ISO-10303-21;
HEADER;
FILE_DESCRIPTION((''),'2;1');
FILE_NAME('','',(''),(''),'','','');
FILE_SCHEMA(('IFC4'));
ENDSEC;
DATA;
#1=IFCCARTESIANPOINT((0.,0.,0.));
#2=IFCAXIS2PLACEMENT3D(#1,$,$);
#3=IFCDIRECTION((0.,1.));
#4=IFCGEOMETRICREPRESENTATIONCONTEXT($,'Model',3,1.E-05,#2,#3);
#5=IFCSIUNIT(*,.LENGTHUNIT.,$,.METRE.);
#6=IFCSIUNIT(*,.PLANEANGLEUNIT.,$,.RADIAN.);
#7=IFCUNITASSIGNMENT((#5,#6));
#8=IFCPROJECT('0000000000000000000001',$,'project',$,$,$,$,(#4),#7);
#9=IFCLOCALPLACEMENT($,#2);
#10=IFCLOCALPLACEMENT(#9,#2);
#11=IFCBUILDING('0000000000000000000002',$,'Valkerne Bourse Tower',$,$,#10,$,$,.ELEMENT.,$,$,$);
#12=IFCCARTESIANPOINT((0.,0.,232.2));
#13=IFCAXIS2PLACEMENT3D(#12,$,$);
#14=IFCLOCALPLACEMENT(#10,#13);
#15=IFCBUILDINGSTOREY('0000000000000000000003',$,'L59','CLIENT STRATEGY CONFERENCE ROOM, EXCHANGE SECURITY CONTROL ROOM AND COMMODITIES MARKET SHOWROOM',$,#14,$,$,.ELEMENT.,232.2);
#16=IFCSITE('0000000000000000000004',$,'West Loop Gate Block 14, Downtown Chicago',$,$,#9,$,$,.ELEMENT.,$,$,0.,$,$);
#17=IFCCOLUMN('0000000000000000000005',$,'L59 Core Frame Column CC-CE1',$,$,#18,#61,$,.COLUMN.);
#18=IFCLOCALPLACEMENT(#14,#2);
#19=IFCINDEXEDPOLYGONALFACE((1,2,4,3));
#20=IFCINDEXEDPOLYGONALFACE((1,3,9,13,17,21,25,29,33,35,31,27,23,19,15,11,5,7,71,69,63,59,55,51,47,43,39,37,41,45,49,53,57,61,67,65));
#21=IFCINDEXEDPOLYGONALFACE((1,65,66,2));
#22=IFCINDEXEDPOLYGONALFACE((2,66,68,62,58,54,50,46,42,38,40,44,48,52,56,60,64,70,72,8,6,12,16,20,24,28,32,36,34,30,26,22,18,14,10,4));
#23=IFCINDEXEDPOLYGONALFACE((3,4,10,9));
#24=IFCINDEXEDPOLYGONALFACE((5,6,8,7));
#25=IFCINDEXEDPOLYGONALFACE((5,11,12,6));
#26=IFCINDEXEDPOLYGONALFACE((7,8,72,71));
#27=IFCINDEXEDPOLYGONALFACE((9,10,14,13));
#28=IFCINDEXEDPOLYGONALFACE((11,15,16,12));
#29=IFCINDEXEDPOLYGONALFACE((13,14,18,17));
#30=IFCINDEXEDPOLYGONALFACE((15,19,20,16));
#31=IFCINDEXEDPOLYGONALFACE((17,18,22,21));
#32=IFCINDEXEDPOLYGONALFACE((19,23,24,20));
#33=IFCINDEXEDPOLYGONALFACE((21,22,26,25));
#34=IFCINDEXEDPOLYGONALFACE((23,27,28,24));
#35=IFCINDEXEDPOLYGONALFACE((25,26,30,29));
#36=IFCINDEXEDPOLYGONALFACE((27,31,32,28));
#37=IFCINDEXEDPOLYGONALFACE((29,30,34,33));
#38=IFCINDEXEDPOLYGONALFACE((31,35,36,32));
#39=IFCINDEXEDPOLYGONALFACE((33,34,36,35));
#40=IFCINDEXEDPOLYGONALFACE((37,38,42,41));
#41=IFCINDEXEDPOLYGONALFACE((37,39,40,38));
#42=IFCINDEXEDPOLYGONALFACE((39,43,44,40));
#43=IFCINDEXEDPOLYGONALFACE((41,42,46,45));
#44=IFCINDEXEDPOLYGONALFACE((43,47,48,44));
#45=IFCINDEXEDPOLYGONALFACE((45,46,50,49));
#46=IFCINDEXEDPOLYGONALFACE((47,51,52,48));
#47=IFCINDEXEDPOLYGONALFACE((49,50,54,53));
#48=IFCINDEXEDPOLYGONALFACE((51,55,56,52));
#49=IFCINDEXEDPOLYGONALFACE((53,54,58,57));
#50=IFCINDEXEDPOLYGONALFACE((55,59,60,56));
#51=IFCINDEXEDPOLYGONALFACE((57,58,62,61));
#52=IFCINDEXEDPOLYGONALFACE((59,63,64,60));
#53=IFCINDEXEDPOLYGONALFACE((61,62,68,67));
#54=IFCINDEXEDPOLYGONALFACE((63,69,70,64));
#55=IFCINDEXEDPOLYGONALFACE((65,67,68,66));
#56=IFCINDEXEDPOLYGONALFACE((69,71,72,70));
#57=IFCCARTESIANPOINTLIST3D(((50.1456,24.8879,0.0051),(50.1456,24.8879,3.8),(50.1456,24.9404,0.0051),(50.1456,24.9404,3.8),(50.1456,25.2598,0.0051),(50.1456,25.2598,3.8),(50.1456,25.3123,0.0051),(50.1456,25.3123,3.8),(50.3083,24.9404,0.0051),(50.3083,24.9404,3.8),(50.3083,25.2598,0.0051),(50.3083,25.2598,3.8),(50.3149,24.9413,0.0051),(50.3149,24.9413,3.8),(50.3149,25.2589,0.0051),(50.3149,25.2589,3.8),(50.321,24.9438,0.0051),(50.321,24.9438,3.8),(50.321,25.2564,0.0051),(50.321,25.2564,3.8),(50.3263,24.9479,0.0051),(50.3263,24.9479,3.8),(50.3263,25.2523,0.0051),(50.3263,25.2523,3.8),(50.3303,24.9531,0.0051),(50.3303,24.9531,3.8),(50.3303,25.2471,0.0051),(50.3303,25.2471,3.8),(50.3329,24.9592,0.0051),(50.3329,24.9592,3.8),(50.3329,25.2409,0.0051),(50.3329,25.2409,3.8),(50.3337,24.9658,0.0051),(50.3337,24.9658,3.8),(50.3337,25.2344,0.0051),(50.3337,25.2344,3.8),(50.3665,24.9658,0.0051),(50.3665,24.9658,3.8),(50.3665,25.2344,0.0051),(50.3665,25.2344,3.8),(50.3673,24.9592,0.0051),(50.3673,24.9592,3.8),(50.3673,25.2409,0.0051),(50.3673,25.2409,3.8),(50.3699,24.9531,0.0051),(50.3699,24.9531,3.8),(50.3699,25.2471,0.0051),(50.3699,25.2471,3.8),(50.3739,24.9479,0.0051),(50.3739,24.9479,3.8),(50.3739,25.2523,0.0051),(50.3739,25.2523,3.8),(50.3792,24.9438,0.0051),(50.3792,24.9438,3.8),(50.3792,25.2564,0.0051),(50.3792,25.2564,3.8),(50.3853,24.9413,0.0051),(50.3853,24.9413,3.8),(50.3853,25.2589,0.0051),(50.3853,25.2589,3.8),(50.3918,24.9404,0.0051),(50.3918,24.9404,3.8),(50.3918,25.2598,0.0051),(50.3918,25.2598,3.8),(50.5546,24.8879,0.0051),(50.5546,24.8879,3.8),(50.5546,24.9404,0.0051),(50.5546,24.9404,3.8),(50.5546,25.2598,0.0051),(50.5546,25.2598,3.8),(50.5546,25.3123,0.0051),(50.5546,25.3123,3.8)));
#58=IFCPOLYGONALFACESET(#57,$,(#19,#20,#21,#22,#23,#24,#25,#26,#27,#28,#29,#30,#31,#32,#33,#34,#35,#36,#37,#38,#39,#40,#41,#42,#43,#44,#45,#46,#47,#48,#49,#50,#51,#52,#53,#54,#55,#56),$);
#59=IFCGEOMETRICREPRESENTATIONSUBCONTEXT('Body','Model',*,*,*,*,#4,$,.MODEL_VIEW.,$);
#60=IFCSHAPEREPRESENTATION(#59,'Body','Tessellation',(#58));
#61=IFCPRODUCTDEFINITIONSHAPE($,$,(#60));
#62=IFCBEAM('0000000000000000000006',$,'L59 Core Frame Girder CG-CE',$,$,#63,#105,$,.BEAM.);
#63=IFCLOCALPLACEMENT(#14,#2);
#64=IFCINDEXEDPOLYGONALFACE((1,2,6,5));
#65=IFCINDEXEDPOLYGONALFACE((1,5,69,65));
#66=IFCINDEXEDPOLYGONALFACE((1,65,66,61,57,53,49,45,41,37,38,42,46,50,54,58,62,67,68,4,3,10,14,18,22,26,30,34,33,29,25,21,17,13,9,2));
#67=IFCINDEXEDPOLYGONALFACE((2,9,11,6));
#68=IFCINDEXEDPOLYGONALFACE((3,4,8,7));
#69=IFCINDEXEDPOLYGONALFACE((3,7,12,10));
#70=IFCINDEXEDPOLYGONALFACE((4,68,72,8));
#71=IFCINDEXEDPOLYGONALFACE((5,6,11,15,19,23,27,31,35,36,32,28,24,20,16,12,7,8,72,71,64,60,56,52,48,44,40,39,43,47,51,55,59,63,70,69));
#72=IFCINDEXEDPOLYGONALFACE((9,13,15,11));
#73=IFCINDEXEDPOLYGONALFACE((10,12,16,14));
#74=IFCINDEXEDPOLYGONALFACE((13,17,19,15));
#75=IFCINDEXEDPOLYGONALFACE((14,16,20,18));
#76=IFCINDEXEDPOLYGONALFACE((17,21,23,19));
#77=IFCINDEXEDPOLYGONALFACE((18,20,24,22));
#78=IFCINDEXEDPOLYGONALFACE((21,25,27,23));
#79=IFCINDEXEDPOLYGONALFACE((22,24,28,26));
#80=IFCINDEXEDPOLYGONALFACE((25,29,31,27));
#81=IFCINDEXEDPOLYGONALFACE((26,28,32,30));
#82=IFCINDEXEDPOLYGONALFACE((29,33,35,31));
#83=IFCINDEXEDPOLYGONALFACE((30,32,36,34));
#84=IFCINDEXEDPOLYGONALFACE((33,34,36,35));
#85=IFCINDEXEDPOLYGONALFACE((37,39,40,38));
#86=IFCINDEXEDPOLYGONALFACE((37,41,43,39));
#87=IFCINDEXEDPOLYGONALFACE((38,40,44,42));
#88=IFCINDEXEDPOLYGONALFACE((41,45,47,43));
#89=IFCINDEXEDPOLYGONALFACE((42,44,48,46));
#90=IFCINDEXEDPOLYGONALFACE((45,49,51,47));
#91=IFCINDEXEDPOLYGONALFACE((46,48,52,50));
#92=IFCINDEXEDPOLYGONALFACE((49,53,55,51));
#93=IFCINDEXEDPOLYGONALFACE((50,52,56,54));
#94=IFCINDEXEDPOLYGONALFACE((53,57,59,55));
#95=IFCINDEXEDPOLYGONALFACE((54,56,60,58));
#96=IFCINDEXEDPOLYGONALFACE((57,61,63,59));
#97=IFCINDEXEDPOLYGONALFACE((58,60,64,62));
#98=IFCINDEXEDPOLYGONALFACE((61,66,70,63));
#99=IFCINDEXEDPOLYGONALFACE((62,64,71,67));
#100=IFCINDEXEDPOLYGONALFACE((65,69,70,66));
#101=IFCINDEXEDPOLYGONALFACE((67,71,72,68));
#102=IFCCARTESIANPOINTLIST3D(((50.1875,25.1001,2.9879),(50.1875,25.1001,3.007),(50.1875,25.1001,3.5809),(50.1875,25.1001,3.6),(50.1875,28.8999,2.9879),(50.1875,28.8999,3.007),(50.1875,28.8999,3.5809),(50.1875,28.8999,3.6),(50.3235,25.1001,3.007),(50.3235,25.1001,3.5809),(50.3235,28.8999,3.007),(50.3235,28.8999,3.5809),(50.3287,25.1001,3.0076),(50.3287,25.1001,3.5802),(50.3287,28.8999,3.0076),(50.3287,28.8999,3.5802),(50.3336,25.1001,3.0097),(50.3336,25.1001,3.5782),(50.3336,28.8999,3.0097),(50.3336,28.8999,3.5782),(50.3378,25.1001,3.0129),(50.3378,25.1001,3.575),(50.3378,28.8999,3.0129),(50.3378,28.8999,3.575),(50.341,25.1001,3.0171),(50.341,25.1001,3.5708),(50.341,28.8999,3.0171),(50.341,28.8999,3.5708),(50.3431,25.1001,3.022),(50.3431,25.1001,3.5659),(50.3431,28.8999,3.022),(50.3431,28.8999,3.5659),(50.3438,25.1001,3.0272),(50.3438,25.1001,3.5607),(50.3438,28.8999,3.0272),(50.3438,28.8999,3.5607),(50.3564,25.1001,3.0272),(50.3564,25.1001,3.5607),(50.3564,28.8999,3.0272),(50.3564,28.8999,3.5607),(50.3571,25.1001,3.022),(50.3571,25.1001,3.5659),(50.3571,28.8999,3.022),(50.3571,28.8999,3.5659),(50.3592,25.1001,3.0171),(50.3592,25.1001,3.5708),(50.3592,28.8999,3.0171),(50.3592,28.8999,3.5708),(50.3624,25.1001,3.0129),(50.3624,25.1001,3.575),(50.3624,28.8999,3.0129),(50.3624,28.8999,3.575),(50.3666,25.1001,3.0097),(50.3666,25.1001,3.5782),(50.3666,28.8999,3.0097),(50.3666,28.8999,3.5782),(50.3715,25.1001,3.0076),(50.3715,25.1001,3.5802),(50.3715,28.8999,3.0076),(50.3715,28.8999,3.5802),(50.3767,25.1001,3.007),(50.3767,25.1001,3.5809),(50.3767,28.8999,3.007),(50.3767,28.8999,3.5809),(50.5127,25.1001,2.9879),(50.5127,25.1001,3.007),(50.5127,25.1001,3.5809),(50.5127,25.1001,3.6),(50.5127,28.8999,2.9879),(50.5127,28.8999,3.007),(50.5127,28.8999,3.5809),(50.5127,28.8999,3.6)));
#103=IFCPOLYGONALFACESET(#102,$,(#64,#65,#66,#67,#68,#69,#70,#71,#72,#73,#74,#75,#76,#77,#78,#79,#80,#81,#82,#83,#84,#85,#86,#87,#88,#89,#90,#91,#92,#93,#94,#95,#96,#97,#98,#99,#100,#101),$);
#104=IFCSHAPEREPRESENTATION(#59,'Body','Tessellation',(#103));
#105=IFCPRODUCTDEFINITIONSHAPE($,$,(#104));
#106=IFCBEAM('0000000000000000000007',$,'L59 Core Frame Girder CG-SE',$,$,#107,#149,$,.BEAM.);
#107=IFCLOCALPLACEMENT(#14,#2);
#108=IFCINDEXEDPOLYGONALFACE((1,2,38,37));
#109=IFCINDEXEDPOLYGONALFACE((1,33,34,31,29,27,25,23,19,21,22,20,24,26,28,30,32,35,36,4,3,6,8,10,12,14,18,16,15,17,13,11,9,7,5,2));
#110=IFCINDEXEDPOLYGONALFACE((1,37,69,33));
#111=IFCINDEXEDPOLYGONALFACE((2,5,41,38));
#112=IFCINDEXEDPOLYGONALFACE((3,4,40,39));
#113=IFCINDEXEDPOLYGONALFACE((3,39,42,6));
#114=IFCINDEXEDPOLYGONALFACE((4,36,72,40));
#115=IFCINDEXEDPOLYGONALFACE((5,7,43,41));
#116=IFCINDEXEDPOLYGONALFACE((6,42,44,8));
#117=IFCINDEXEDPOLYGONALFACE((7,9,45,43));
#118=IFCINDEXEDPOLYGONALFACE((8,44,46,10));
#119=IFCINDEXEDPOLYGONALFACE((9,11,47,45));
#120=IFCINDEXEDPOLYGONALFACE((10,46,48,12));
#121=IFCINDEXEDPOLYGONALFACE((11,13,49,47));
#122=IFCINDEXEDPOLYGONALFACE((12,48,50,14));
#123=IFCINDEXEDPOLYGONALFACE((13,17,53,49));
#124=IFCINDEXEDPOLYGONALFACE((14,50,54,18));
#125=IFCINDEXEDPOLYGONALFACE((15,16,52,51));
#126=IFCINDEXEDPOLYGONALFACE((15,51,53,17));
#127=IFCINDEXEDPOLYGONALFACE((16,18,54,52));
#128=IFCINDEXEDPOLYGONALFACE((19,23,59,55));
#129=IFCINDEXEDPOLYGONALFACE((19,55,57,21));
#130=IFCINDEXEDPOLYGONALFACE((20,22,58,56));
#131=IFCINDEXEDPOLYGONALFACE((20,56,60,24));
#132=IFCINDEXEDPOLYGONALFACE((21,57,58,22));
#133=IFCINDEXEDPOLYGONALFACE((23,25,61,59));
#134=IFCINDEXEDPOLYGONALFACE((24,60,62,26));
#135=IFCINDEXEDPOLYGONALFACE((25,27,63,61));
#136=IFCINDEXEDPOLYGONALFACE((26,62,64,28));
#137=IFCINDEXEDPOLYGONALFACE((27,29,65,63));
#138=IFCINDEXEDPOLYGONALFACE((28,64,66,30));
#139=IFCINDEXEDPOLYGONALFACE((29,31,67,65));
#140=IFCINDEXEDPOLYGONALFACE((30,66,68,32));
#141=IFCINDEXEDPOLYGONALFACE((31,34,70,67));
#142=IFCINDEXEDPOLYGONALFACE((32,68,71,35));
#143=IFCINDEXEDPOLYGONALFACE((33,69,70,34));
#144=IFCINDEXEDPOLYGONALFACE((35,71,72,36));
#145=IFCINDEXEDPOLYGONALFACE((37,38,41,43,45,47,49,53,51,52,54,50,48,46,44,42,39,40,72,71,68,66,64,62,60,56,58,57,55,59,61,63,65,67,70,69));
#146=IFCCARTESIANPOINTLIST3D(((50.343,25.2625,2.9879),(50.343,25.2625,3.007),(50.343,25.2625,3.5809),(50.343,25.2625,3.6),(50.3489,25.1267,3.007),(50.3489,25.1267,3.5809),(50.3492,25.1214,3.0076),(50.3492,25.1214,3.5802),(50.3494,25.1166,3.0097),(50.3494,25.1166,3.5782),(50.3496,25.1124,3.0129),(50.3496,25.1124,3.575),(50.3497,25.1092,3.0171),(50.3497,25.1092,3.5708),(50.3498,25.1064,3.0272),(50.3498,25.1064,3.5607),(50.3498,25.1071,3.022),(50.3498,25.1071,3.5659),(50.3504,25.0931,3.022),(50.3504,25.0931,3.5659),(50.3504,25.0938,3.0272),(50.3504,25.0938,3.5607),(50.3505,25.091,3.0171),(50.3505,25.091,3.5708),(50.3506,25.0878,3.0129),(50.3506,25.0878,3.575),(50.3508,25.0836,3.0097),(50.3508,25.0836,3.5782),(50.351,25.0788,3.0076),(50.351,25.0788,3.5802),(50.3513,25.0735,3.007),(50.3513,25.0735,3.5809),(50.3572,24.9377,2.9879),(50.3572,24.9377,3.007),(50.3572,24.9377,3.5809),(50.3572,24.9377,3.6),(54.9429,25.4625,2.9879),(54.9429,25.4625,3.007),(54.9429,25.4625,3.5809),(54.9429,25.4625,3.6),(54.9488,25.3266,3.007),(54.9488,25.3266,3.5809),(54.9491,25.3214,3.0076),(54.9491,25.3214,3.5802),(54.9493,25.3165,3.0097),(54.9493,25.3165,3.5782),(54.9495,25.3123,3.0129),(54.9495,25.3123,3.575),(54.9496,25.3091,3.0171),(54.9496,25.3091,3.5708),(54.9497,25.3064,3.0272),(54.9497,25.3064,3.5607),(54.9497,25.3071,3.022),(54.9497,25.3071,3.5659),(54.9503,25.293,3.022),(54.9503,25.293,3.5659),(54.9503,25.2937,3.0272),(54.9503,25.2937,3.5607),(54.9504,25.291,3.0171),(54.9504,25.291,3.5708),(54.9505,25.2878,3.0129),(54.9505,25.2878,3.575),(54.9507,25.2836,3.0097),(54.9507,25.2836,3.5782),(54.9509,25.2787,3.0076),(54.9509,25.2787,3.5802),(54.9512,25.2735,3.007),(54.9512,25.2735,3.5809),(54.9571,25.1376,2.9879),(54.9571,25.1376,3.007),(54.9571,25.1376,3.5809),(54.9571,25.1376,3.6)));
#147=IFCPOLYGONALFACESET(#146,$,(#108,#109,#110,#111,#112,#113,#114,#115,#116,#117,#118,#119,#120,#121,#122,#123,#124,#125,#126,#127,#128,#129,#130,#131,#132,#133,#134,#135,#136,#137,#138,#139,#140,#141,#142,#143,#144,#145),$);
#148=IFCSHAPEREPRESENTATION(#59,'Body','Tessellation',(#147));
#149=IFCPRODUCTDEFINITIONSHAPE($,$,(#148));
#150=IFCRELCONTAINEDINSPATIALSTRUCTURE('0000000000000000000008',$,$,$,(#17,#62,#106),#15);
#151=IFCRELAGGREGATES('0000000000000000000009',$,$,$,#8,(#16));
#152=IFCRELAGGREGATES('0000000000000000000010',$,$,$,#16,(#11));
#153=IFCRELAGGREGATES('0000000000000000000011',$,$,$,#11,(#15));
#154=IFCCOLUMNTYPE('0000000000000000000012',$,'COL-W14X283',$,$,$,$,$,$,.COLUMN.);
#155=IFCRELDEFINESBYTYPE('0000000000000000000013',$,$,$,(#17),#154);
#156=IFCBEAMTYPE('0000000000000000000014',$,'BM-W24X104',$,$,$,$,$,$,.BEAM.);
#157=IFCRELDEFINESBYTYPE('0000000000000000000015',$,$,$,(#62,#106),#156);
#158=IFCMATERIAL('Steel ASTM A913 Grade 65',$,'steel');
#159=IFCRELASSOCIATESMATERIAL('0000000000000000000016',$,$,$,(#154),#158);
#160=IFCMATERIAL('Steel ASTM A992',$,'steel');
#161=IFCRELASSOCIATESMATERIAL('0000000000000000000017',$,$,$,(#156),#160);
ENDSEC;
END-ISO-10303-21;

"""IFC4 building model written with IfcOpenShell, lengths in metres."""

from ifc_helpers import new_model, si_unit, direction, frame, origin, origin_2d, place, context, subcontext, project, spatial, i_section, extrude, material, material_profile, profile_set, type_object, element, save


model = new_model("IFC4")

# Units and contexts
model_context = context("Model", 3, precision=1e-05, world=origin(), true_north=direction((0.0, 1.0)))
body_context = subcontext(model_context, "Body", "Model", "MODEL_VIEW")
ifc_project = project(units=[si_unit("LENGTHUNIT", "METRE"), si_unit("PLANEANGLEUNIT", "RADIAN")], contexts=[model_context])

# Site, building, storey
site_placement = place(None, origin())
site = spatial("IfcSite", under=ifc_project, at=site_placement, Name="West Loop Gate Block 14, Downtown Chicago", CompositionType="ELEMENT", RefElevation=0.0)
building_placement = place(site_placement, origin())
building = spatial("IfcBuilding", under=site, at=building_placement, Name="Valkerne Bourse Tower", CompositionType="ELEMENT")
storey_placement = place(building_placement, frame((0.0, 0.0, 232.2)))
storey = spatial("IfcBuildingStorey", under=building, at=storey_placement, Name="L59", Description="CLIENT STRATEGY CONFERENCE ROOM, EXCHANGE SECURITY CONTROL ROOM AND COMMODITIES MARKET SHOWROOM", CompositionType="ELEMENT", Elevation=232.2)

# Column
ifc_material_1 = material(Name="Steel ASTM A913 Grade 65", Category="steel")
ifc_material_profile_1 = material_profile(ifc_material_1, i_section(OverallWidth=0.4089, OverallDepth=0.4243, WebThickness=0.0327, FlangeThickness=0.0525, FilletRadius=0.0254, at=origin_2d()), Name="W14X283")
ifc_profile_set_1 = profile_set([ifc_material_profile_1], Name="Steel ASTM A913 Grade 65")
column_type = type_object("IfcColumnType", Name="COL-W14X283", PredefinedType="COLUMN", material=ifc_profile_set_1)
column_placement = place(storey_placement, frame((50.3501, 25.1001, 0.0051), z_axis=(0.0, 0.0, 1.0), x_axis=(1.0, 0.0, 0.0)))
element("IfcColumn", 1, at=column_placement, inside=storey, type_object=column_type, Name="L59 Core Frame Column CC-CE1", PredefinedType="COLUMN", context=body_context, shape_type="SweptSolid", body=[
    extrude(i_section(OverallWidth=0.4089, OverallDepth=0.4243, WebThickness=0.0327, FlangeThickness=0.0525, FilletRadius=0.0254, at=origin_2d()), origin(), (0.0, 0.0, 1.0), 3.7949),
])

# Beams
ifc_material_2 = material(Name="Steel ASTM A992", Category="steel")
ifc_material_profile_2 = material_profile(ifc_material_2, i_section(OverallWidth=0.3252, OverallDepth=0.6121, WebThickness=0.0127, FlangeThickness=0.019, FilletRadius=0.0203, at=origin_2d()), Name="W24X104")
ifc_profile_set_2 = profile_set([ifc_material_profile_2], Name="Steel ASTM A992")
beam_type = type_object("IfcBeamType", Name="BM-W24X104", PredefinedType="BEAM", material=ifc_profile_set_2)
beam_1_placement = place(storey_placement, frame((50.3501, 25.1001, 3.2939), z_axis=(0.0, 1.0, 0.0), x_axis=(-1.0, 0.0, 0.0)))
element("IfcBeam", 2, at=beam_1_placement, inside=storey, type_object=beam_type, Name="L59 Core Frame Girder CG-CE", PredefinedType="BEAM", context=body_context, shape_type="SweptSolid", body=[
    extrude(i_section(OverallWidth=0.3252, OverallDepth=0.6121, WebThickness=0.0127, FlangeThickness=0.019, FilletRadius=0.0203, at=origin_2d()), origin(), (0.0, 0.0, 1.0), 3.7998),
])
beam_2_placement = place(storey_placement, frame((50.3501, 25.1001, 3.2939), z_axis=(0.999057, 0.043428, 0.0), x_axis=(-0.043428, 0.999057, 0.0)))
element("IfcBeam", 3, at=beam_2_placement, inside=storey, type_object=beam_type, Name="L59 Core Frame Girder CG-SE", PredefinedType="BEAM", context=body_context, shape_type="SweptSolid", body=[
    extrude(i_section(OverallWidth=0.3252, OverallDepth=0.6121, WebThickness=0.0127, FlangeThickness=0.019, FilletRadius=0.0203, at=origin_2d()), origin(), (0.0, 0.0, 1.0), 4.6042),
])

save(model, "model.ifc")
